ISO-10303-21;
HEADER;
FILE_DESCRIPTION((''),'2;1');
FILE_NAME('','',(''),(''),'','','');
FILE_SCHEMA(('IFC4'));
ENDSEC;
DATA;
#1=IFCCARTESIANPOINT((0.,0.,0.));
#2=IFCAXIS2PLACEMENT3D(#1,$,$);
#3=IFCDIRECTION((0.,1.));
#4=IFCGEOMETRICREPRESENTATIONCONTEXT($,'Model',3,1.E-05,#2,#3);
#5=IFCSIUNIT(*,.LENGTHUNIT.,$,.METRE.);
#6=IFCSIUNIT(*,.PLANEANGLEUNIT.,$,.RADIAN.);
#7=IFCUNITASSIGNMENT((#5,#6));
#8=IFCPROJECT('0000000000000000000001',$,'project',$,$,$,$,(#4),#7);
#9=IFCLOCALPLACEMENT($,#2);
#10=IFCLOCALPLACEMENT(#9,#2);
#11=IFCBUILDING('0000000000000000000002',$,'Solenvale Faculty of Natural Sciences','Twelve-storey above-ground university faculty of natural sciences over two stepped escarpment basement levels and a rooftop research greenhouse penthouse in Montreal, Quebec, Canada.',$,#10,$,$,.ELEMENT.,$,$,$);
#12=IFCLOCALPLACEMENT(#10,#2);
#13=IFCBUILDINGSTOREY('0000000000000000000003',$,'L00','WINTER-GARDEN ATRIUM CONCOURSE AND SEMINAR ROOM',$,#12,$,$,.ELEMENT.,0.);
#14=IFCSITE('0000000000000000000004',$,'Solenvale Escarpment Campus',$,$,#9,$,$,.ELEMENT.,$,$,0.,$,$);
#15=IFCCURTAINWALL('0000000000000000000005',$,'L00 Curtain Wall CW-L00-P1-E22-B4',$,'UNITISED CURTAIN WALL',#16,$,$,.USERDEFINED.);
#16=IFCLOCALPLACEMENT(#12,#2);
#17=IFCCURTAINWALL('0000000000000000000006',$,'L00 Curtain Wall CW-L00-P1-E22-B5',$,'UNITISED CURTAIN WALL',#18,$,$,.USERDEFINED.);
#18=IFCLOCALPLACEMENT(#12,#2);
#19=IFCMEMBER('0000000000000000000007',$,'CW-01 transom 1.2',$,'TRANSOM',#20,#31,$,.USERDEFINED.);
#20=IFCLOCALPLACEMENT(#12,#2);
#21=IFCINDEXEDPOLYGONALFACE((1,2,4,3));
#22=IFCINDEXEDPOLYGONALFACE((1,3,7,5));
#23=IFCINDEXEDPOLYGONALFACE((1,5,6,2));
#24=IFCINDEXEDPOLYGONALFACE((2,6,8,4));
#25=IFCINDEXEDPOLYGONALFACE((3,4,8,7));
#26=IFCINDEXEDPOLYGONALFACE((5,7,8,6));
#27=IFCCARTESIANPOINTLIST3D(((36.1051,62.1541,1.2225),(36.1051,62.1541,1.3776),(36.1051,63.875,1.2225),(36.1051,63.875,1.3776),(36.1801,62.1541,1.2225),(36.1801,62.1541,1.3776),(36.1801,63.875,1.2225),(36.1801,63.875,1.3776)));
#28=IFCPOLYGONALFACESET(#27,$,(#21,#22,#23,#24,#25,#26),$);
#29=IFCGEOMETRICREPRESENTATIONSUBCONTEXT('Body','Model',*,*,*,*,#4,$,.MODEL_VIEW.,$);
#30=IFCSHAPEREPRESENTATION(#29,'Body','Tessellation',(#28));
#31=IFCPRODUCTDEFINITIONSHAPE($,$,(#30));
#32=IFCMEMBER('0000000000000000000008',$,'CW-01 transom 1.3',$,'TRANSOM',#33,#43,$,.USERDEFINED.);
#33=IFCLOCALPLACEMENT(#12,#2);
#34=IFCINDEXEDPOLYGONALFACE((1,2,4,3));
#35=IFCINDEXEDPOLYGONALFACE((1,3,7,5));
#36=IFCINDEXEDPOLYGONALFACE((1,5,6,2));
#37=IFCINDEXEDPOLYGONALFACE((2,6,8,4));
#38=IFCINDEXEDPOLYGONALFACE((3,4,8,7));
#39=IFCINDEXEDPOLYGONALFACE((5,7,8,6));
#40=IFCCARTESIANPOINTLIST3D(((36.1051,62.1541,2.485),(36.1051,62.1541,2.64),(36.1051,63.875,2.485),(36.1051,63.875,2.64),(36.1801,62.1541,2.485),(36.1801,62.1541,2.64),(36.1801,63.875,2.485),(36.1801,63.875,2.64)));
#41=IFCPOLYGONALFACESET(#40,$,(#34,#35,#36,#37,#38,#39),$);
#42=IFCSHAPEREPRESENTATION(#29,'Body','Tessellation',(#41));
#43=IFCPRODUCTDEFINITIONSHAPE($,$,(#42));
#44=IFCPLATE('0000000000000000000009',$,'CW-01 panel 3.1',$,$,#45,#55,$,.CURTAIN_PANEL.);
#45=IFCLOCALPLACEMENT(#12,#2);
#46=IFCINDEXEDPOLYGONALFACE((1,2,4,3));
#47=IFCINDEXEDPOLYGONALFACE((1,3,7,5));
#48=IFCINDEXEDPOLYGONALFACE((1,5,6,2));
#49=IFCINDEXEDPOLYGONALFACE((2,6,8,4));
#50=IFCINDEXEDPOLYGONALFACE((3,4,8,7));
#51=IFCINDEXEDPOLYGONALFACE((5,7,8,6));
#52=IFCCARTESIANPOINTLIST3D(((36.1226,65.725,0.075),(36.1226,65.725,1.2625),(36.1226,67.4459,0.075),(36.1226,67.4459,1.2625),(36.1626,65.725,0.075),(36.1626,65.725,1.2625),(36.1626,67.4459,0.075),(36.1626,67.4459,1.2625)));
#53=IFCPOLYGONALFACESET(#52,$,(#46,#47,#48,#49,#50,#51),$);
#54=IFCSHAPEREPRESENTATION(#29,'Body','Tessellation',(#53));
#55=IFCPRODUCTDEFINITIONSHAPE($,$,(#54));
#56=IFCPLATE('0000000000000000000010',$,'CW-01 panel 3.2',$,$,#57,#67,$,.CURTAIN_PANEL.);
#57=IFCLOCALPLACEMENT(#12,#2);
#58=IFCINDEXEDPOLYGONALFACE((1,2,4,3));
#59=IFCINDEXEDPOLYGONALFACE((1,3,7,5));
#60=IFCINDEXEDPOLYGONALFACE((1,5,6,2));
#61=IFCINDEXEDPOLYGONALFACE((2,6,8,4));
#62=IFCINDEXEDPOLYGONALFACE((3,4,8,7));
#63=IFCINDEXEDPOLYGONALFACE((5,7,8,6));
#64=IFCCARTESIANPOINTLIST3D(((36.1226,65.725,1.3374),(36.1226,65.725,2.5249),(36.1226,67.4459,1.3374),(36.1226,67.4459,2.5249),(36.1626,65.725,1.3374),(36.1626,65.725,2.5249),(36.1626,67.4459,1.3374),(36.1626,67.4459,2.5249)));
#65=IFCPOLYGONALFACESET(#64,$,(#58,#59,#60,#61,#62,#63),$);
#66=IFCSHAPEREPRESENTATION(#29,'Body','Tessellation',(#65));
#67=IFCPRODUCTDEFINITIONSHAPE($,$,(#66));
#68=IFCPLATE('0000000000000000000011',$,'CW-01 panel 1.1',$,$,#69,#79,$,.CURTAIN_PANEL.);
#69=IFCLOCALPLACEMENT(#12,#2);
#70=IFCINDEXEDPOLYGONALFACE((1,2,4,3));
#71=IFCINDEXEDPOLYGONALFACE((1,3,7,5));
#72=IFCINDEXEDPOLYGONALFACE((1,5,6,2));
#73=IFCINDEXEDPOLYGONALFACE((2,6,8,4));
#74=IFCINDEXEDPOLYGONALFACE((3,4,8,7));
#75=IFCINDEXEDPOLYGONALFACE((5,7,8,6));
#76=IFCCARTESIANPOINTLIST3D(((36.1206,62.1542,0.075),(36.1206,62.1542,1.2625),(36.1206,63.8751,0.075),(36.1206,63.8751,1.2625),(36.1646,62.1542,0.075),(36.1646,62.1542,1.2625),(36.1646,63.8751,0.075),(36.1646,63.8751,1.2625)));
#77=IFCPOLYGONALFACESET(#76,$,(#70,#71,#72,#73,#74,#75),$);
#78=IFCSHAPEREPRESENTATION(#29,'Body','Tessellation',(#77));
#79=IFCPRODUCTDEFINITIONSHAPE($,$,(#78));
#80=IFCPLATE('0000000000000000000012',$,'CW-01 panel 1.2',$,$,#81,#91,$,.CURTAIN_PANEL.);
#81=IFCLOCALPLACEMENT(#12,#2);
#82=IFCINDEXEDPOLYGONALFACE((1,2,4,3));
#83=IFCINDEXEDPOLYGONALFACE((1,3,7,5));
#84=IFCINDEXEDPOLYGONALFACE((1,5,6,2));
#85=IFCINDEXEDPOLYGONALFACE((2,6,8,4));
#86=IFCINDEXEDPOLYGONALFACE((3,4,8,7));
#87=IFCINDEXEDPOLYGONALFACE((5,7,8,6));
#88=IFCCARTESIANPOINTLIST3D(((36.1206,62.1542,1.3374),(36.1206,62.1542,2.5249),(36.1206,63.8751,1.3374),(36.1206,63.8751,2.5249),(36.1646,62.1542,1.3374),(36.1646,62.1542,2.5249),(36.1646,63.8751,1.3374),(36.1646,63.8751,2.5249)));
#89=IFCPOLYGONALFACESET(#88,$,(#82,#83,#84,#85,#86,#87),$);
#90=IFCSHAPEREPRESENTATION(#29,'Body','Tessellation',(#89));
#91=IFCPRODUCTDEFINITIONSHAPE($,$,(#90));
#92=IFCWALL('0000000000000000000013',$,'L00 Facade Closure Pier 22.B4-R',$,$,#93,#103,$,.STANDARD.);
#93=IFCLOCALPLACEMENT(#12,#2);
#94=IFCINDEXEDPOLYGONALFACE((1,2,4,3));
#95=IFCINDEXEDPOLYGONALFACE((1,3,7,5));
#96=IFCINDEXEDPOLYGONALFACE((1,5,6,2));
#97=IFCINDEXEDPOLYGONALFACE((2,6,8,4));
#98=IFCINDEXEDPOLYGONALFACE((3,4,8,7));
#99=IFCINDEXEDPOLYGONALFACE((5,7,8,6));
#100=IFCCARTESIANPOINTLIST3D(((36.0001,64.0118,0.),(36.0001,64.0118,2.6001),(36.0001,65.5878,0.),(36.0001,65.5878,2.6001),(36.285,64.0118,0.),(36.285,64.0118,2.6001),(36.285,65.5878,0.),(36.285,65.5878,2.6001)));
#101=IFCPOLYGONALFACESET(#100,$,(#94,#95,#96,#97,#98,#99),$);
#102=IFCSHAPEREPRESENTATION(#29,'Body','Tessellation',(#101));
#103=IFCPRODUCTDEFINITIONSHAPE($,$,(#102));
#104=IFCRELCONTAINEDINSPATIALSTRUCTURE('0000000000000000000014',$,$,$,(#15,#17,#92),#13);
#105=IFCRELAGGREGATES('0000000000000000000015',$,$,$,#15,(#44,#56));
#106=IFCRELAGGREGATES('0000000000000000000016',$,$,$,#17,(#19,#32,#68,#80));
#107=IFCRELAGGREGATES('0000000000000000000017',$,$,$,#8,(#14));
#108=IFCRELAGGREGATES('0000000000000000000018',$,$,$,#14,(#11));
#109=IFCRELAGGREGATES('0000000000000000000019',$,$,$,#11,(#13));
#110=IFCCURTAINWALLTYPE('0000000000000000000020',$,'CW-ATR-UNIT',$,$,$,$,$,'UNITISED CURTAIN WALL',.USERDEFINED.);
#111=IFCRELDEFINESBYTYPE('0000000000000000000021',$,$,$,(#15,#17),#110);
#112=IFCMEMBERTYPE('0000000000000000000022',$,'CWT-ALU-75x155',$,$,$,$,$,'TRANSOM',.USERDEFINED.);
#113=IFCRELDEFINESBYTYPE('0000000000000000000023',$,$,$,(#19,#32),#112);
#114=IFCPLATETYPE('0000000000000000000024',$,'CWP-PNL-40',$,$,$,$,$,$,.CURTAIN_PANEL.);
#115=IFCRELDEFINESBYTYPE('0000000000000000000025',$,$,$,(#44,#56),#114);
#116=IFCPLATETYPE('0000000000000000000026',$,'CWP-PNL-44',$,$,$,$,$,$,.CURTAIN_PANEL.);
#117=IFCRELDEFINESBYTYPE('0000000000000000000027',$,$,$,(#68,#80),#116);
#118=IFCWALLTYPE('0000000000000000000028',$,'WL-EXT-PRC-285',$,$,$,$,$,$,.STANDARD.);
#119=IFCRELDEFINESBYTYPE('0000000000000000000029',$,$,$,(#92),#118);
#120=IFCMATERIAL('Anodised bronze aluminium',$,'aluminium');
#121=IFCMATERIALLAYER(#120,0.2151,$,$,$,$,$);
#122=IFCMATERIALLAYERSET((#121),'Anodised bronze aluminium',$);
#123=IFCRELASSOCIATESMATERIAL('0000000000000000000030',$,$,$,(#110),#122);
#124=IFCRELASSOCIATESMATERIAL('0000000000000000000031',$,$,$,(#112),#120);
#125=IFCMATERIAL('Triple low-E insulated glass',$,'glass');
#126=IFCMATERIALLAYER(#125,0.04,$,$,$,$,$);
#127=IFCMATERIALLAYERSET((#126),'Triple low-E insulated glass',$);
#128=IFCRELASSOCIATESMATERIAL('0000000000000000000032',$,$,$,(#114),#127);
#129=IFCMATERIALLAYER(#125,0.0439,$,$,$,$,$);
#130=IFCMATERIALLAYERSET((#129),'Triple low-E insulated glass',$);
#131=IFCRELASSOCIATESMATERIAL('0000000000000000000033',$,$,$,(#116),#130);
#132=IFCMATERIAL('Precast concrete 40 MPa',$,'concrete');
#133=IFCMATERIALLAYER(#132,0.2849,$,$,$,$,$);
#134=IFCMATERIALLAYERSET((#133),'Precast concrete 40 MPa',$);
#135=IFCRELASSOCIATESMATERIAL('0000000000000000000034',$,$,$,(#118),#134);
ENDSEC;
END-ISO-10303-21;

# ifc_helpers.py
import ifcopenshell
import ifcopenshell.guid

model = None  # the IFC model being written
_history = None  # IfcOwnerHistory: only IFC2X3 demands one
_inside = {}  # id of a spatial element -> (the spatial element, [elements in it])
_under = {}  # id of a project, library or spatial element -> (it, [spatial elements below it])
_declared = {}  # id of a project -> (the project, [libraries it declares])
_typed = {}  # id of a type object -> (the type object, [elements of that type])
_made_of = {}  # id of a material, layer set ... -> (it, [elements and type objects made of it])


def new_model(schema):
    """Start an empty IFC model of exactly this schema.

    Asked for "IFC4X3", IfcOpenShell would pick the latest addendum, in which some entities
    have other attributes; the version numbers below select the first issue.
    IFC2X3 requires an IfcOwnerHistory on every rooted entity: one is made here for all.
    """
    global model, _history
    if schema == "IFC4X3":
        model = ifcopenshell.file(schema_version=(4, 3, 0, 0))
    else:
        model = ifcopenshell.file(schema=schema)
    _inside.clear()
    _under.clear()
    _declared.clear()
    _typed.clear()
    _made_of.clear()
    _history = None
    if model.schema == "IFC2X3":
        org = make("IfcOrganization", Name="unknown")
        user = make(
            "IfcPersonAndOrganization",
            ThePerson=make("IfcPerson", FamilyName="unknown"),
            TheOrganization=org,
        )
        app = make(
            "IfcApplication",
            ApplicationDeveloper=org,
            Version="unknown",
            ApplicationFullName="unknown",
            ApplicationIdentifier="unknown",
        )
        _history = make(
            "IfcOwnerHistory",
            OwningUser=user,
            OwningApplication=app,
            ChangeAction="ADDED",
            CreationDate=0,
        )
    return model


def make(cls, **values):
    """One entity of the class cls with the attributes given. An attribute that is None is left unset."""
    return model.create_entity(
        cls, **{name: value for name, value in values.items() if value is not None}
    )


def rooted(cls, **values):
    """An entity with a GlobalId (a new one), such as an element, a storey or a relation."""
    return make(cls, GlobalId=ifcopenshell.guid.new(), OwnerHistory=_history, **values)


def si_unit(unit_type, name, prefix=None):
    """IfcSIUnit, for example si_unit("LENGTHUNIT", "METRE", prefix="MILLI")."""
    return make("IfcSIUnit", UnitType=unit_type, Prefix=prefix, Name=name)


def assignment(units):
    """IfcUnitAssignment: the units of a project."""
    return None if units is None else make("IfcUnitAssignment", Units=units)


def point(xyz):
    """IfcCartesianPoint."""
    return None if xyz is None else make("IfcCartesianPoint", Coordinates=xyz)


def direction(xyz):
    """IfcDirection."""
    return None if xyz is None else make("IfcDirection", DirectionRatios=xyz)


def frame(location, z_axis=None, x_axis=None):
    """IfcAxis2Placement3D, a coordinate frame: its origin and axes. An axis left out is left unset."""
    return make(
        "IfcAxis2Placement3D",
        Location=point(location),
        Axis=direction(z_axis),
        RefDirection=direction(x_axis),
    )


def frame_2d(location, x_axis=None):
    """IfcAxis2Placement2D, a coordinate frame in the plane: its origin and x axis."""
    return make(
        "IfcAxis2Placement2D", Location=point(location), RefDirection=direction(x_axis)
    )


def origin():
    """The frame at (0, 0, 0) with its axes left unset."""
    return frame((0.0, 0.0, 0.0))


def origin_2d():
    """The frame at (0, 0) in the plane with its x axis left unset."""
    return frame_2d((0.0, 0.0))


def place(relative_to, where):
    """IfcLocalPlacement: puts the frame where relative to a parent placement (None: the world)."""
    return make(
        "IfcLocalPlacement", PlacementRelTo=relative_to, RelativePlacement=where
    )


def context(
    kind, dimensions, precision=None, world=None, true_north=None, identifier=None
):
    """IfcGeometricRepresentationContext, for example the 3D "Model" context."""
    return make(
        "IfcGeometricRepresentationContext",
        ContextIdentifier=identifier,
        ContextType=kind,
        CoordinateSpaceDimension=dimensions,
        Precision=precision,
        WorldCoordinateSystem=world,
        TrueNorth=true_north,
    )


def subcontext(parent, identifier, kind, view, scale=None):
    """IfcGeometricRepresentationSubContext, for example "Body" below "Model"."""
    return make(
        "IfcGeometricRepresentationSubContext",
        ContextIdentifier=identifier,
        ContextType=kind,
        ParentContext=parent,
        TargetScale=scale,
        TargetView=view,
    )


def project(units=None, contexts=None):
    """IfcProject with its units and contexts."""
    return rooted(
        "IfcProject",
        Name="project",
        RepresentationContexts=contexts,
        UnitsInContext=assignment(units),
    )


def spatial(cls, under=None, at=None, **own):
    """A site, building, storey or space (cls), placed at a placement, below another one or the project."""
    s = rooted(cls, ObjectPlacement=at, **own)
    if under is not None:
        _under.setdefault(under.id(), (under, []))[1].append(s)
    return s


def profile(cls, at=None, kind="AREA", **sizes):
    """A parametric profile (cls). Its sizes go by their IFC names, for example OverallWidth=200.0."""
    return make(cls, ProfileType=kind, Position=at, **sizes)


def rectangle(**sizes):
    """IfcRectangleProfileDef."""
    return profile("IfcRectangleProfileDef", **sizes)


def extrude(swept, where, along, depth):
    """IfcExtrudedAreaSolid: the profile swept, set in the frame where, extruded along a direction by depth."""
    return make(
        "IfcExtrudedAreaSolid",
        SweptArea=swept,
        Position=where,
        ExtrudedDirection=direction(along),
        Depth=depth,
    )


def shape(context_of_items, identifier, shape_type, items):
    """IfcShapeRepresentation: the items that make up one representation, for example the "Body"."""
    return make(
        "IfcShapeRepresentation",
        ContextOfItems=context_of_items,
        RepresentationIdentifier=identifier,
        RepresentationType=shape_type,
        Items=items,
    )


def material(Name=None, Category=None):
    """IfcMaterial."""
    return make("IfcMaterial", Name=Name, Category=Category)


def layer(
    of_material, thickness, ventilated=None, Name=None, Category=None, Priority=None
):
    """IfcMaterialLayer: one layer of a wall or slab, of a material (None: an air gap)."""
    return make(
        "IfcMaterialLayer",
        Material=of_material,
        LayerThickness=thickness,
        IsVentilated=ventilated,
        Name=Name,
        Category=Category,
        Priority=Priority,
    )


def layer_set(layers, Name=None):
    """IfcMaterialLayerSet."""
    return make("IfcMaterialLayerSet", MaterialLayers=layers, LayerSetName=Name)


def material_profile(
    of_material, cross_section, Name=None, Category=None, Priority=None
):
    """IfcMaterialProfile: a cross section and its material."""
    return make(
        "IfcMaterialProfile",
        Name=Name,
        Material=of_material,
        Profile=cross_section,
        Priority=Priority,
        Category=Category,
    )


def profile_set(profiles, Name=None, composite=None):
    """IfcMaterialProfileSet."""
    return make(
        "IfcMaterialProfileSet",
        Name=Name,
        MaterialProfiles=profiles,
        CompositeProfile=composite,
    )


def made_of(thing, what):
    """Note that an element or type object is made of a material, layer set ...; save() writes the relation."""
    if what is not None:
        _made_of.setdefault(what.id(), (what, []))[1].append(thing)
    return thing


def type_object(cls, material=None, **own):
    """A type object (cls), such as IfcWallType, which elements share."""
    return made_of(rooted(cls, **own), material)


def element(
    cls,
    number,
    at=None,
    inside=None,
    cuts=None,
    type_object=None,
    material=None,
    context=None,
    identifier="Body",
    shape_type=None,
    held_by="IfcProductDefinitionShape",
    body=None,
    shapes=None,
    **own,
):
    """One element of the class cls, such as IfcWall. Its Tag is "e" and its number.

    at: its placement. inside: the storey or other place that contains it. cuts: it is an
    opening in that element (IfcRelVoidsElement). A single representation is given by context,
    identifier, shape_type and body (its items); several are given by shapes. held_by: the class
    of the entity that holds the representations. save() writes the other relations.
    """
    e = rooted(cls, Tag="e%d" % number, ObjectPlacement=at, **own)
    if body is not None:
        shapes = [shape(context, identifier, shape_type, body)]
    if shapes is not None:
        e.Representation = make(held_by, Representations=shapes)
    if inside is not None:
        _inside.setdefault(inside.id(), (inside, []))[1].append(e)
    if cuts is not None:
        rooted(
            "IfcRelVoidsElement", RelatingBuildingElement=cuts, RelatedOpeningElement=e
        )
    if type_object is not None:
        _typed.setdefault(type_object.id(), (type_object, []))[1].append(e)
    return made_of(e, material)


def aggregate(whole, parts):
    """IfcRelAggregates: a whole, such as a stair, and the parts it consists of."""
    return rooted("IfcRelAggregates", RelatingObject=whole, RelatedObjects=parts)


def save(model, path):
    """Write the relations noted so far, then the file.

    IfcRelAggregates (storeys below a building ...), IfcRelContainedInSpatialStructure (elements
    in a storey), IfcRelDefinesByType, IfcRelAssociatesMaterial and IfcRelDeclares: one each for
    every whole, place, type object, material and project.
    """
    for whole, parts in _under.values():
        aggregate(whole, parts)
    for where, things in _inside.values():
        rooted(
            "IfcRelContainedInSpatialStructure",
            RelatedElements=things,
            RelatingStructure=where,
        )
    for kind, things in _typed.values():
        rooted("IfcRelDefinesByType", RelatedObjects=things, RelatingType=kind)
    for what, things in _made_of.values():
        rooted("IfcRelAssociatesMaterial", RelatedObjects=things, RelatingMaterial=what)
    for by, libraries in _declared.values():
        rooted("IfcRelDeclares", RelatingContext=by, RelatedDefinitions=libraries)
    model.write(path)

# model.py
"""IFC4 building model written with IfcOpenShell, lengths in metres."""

from ifc_helpers import new_model, si_unit, direction, frame, frame_2d, origin, origin_2d, place, context, subcontext, project, spatial, rectangle, extrude, material, layer, layer_set, material_profile, profile_set, type_object, element, aggregate, save


model = new_model("IFC4")

# Units and contexts
model_context = context("Model", 3, precision=1e-05, world=origin(), true_north=direction((0.0, 1.0)))
body_context = subcontext(model_context, "Body", "Model", "MODEL_VIEW")
ifc_project = project(units=[si_unit("LENGTHUNIT", "METRE"), si_unit("PLANEANGLEUNIT", "RADIAN")], contexts=[model_context])

# Site, building, storey
site_placement = place(None, origin())
site = spatial("IfcSite", under=ifc_project, at=site_placement, Name="Solenvale Escarpment Campus", CompositionType="ELEMENT", RefElevation=0.0)
building_placement = place(site_placement, origin())
building = spatial("IfcBuilding", under=site, at=building_placement, Name="Solenvale Faculty of Natural Sciences", Description="Twelve-storey above-ground university faculty of natural sciences over two stepped escarpment basement levels and a rooftop research greenhouse penthouse in Montreal, Quebec, Canada.", CompositionType="ELEMENT")
storey_placement = place(building_placement, origin())
storey = spatial("IfcBuildingStorey", under=building, at=storey_placement, Name="L00", Description="WINTER-GARDEN ATRIUM CONCOURSE AND SEMINAR ROOM", CompositionType="ELEMENT", Elevation=0.0)

# Curtain walls
ifc_material_1 = material(Name="Anodised bronze aluminium", Category="aluminium")
ifc_layer_1 = layer(ifc_material_1, 0.2151)
ifc_layer_set_1 = layer_set([ifc_layer_1], Name="Anodised bronze aluminium")
curtain_wall_type = type_object("IfcCurtainWallType", Name="CW-ATR-UNIT", ElementType="UNITISED CURTAIN WALL", PredefinedType="USERDEFINED", material=ifc_layer_set_1)
curtain_wall_1_placement = place(storey_placement, origin())
curtain_wall_1 = element("IfcCurtainWall", 1, at=curtain_wall_1_placement, inside=storey, type_object=curtain_wall_type, Name="L00 Curtain Wall CW-L00-P1-E22-B4", ObjectType="UNITISED CURTAIN WALL", PredefinedType="USERDEFINED")
curtain_wall_2_placement = place(storey_placement, origin())
curtain_wall_2 = element("IfcCurtainWall", 2, at=curtain_wall_2_placement, inside=storey, type_object=curtain_wall_type, Name="L00 Curtain Wall CW-L00-P1-E22-B5", ObjectType="UNITISED CURTAIN WALL", PredefinedType="USERDEFINED")

# Members
ifc_material_profile_1 = material_profile(ifc_material_1, rectangle(XDim=0.075, YDim=0.155, at=origin_2d()), Name="ALU-TRN-75x155")
ifc_profile_set_1 = profile_set([ifc_material_profile_1], Name="Anodised bronze aluminium")
member_type_1 = type_object("IfcMemberType", Name="CWT-ALU-75x155", ElementType="TRANSOM", PredefinedType="USERDEFINED", material=ifc_profile_set_1)
member_1_placement = place(storey_placement, frame((36.1426, 63.875, 1.3), z_axis=(0.0, -1.0, 0.0), x_axis=(1.0, 0.0, 0.0)))
member_1 = element("IfcMember", 3, at=member_1_placement, type_object=member_type_1, Name="CW-01 transom 1.2", ObjectType="TRANSOM", PredefinedType="USERDEFINED", context=body_context, shape_type="SweptSolid", body=[
    extrude(rectangle(XDim=0.075, YDim=0.155, at=origin_2d()), origin(), (0.0, 0.0, 1.0), 1.7209),
])
member_2_placement = place(storey_placement, frame((36.1426, 63.875, 2.5625), z_axis=(0.0, -1.0, 0.0), x_axis=(1.0, 0.0, 0.0)))
member_2 = element("IfcMember", 4, at=member_2_placement, type_object=member_type_1, Name="CW-01 transom 1.3", ObjectType="TRANSOM", PredefinedType="USERDEFINED", context=body_context, shape_type="SweptSolid", body=[
    extrude(rectangle(XDim=0.075, YDim=0.155, at=origin_2d()), origin(), (0.0, 0.0, 1.0), 1.7209),
])

# Plates
ifc_material_2 = material(Name="Triple low-E insulated glass", Category="glass")
ifc_layer_2 = layer(ifc_material_2, 0.04)
ifc_layer_set_2 = layer_set([ifc_layer_2], Name="Triple low-E insulated glass")
plate_type_1 = type_object("IfcPlateType", Name="CWP-PNL-40", PredefinedType="CURTAIN_PANEL", material=ifc_layer_set_2)
plate_1_placement = place(storey_placement, frame((36.1426, 66.5854, 0.075), z_axis=(0.0, 0.0, 1.0), x_axis=(0.0, -1.0, 0.0)))
plate_1 = element("IfcPlate", 5, at=plate_1_placement, type_object=plate_type_1, Name="CW-01 panel 3.1", PredefinedType="CURTAIN_PANEL", context=body_context, shape_type="SweptSolid", body=[
    extrude(rectangle(XDim=1.7209, YDim=0.04, at=origin_2d()), origin(), (0.0, 0.0, 1.0), 1.1875),
])
plate_2_placement = place(storey_placement, frame((36.1426, 66.5854, 1.3374), z_axis=(0.0, 0.0, 1.0), x_axis=(0.0, -1.0, 0.0)))
plate_2 = element("IfcPlate", 6, at=plate_2_placement, type_object=plate_type_1, Name="CW-01 panel 3.2", PredefinedType="CURTAIN_PANEL", context=body_context, shape_type="SweptSolid", body=[
    extrude(rectangle(XDim=1.7209, YDim=0.04, at=origin_2d()), origin(), (0.0, 0.0, 1.0), 1.1875),
])
aggregate(curtain_wall_1, [plate_1, plate_2])
ifc_layer_3 = layer(ifc_material_2, 0.0439)
ifc_layer_set_3 = layer_set([ifc_layer_3], Name="Triple low-E insulated glass")
plate_type_2 = type_object("IfcPlateType", Name="CWP-PNL-44", PredefinedType="CURTAIN_PANEL", material=ifc_layer_set_3)
plate_3_placement = place(storey_placement, frame((36.1426, 63.0146, 0.075), z_axis=(0.0, 0.0, 1.0), x_axis=(0.0, -1.0, 0.0)))
plate_3 = element("IfcPlate", 7, at=plate_3_placement, type_object=plate_type_2, Name="CW-01 panel 1.1", PredefinedType="CURTAIN_PANEL", context=body_context, shape_type="SweptSolid", body=[
    extrude(rectangle(XDim=1.7209, YDim=0.0439, at=origin_2d()), origin(), (0.0, 0.0, 1.0), 1.1875),
])
plate_4_placement = place(storey_placement, frame((36.1426, 63.0146, 1.3374), z_axis=(0.0, 0.0, 1.0), x_axis=(0.0, -1.0, 0.0)))
plate_4 = element("IfcPlate", 8, at=plate_4_placement, type_object=plate_type_2, Name="CW-01 panel 1.2", PredefinedType="CURTAIN_PANEL", context=body_context, shape_type="SweptSolid", body=[
    extrude(rectangle(XDim=1.7209, YDim=0.0439, at=origin_2d()), origin(), (0.0, 0.0, 1.0), 1.1875),
])
aggregate(curtain_wall_2, [member_1, member_2, plate_3, plate_4])

# Wall
ifc_material_3 = material(Name="Precast concrete 40 MPa", Category="concrete")
ifc_layer_4 = layer(ifc_material_3, 0.2849)
ifc_layer_set_4 = layer_set([ifc_layer_4], Name="Precast concrete 40 MPa")
wall_type = type_object("IfcWallType", Name="WL-EXT-PRC-285", PredefinedType="STANDARD", material=ifc_layer_set_4)
wall_placement = place(storey_placement, frame((36.1426, 65.5879, 0.0), z_axis=(0.0, 0.0, 1.0), x_axis=(0.0, -1.0, 0.0)))
element("IfcWall", 9, at=wall_placement, inside=storey, type_object=wall_type, Name="L00 Facade Closure Pier 22.B4-R", PredefinedType="STANDARD", context=body_context, shape_type="SweptSolid", body=[
    extrude(rectangle(XDim=1.5759, YDim=0.2849, at=frame_2d((0.7881, 0.0))), origin(), (0.0, 0.0, 1.0), 2.6001),
])

save(model, "model.ifc")
